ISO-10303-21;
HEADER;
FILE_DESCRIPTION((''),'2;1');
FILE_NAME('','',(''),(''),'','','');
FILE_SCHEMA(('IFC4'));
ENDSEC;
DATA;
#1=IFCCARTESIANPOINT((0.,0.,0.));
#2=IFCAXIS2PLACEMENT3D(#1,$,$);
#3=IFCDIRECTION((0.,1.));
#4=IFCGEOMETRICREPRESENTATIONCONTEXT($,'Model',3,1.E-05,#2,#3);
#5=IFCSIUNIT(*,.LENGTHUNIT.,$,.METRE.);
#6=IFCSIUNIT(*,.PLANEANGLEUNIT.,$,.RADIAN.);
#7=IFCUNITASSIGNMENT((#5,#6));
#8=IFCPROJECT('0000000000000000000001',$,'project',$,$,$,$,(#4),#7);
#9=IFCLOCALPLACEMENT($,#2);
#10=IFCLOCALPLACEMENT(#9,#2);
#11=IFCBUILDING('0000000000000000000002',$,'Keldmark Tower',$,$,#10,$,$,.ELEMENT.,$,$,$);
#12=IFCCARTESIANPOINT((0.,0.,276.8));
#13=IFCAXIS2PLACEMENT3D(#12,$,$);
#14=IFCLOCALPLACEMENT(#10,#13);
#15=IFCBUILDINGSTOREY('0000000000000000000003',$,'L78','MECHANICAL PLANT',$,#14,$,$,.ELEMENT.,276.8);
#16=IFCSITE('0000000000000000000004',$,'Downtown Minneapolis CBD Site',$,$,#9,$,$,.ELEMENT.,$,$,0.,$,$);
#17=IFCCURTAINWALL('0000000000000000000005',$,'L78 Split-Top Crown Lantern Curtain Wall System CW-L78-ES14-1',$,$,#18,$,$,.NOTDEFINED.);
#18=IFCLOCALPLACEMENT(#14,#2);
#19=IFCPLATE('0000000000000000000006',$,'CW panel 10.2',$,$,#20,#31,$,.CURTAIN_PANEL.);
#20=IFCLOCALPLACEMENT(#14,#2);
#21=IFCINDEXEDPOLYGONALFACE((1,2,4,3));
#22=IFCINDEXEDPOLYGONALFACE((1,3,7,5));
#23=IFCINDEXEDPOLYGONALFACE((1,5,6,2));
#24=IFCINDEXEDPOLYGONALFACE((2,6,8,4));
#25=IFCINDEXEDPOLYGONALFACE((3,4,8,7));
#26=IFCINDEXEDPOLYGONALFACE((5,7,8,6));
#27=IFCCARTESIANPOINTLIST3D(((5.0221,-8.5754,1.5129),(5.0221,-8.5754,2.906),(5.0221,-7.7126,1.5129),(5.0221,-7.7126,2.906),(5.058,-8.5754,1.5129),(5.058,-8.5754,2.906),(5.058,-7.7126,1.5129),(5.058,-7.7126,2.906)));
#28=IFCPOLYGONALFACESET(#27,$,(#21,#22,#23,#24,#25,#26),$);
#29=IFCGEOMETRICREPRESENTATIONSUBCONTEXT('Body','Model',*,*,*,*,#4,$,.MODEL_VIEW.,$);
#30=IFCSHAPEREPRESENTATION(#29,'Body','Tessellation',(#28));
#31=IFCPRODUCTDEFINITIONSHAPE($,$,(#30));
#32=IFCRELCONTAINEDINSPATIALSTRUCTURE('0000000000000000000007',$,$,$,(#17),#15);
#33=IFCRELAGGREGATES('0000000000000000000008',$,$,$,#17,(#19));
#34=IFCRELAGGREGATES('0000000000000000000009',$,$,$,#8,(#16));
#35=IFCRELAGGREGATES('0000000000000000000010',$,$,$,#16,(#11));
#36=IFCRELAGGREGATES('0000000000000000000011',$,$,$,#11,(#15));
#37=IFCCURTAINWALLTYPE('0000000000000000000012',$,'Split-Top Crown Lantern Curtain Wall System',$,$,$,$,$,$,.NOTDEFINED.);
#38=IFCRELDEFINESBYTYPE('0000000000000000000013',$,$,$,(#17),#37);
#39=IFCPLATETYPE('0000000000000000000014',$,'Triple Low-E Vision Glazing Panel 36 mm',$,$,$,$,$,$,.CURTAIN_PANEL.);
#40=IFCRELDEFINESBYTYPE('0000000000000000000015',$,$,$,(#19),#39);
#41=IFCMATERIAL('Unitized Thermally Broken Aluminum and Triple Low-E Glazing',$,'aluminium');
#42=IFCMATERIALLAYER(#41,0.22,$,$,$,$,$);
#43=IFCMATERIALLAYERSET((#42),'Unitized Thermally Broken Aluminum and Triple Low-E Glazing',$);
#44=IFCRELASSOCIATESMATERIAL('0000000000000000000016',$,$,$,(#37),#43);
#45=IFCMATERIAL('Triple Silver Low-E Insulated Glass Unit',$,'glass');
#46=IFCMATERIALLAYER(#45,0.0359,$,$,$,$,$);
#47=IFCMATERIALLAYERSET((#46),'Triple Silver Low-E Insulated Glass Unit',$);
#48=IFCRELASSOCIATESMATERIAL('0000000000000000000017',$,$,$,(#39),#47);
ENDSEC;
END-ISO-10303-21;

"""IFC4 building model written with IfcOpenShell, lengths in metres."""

from ifc_helpers import new_model, si_unit, direction, frame, origin, origin_2d, place, context, subcontext, project, spatial, rectangle, extrude, material, layer, layer_set, type_object, element, aggregate, save


model = new_model("IFC4")

# Units and contexts
model_context = context("Model", 3, precision=1e-05, world=origin(), true_north=direction((0.0, 1.0)))
body_context = subcontext(model_context, "Body", "Model", "MODEL_VIEW")
ifc_project = project(units=[si_unit("LENGTHUNIT", "METRE"), si_unit("PLANEANGLEUNIT", "RADIAN")], contexts=[model_context])

# Site, building, storey
site_placement = place(None, origin())
site = spatial("IfcSite", under=ifc_project, at=site_placement, Name="Downtown Minneapolis CBD Site", CompositionType="ELEMENT", RefElevation=0.0)
building_placement = place(site_placement, origin())
building = spatial("IfcBuilding", under=site, at=building_placement, Name="Keldmark Tower", CompositionType="ELEMENT")
storey_placement = place(building_placement, frame((0.0, 0.0, 276.8)))
storey = spatial("IfcBuildingStorey", under=building, at=storey_placement, Name="L78", Description="MECHANICAL PLANT", CompositionType="ELEMENT", Elevation=276.8)

# Curtain wall, plate
ifc_material_1 = material(Name="Unitized Thermally Broken Aluminum and Triple Low-E Glazing", Category="aluminium")
ifc_layer_1 = layer(ifc_material_1, 0.22)
ifc_layer_set_1 = layer_set([ifc_layer_1], Name="Unitized Thermally Broken Aluminum and Triple Low-E Glazing")
curtain_wall_type = type_object("IfcCurtainWallType", Name="Split-Top Crown Lantern Curtain Wall System", PredefinedType="NOTDEFINED", material=ifc_layer_set_1)
curtain_wall_placement = place(storey_placement, origin())
curtain_wall = element("IfcCurtainWall", 1, at=curtain_wall_placement, inside=storey, type_object=curtain_wall_type, Name="L78 Split-Top Crown Lantern Curtain Wall System CW-L78-ES14-1", PredefinedType="NOTDEFINED")
ifc_material_2 = material(Name="Triple Silver Low-E Insulated Glass Unit", Category="glass")
ifc_layer_2 = layer(ifc_material_2, 0.0359)
ifc_layer_set_2 = layer_set([ifc_layer_2], Name="Triple Silver Low-E Insulated Glass Unit")
plate_type = type_object("IfcPlateType", Name="Triple Low-E Vision Glazing Panel 36 mm", PredefinedType="CURTAIN_PANEL", material=ifc_layer_set_2)
plate_1_placement = place(storey_placement, frame((5.04, -8.144, 1.5129), z_axis=(0.0, 0.0, 1.0), x_axis=(0.0, -1.0, 0.0)))
plate_1 = element("IfcPlate", 2, at=plate_1_placement, type_object=plate_type, Name="CW panel 10.2", PredefinedType="CURTAIN_PANEL", context=body_context, shape_type="SweptSolid", body=[
    extrude(rectangle(XDim=0.8628, YDim=0.0359, at=origin_2d()), origin(), (0.0, 0.0, 1.0), 1.3931),
])
aggregate(curtain_wall, [plate_1])

save(model, "model.ifc")
